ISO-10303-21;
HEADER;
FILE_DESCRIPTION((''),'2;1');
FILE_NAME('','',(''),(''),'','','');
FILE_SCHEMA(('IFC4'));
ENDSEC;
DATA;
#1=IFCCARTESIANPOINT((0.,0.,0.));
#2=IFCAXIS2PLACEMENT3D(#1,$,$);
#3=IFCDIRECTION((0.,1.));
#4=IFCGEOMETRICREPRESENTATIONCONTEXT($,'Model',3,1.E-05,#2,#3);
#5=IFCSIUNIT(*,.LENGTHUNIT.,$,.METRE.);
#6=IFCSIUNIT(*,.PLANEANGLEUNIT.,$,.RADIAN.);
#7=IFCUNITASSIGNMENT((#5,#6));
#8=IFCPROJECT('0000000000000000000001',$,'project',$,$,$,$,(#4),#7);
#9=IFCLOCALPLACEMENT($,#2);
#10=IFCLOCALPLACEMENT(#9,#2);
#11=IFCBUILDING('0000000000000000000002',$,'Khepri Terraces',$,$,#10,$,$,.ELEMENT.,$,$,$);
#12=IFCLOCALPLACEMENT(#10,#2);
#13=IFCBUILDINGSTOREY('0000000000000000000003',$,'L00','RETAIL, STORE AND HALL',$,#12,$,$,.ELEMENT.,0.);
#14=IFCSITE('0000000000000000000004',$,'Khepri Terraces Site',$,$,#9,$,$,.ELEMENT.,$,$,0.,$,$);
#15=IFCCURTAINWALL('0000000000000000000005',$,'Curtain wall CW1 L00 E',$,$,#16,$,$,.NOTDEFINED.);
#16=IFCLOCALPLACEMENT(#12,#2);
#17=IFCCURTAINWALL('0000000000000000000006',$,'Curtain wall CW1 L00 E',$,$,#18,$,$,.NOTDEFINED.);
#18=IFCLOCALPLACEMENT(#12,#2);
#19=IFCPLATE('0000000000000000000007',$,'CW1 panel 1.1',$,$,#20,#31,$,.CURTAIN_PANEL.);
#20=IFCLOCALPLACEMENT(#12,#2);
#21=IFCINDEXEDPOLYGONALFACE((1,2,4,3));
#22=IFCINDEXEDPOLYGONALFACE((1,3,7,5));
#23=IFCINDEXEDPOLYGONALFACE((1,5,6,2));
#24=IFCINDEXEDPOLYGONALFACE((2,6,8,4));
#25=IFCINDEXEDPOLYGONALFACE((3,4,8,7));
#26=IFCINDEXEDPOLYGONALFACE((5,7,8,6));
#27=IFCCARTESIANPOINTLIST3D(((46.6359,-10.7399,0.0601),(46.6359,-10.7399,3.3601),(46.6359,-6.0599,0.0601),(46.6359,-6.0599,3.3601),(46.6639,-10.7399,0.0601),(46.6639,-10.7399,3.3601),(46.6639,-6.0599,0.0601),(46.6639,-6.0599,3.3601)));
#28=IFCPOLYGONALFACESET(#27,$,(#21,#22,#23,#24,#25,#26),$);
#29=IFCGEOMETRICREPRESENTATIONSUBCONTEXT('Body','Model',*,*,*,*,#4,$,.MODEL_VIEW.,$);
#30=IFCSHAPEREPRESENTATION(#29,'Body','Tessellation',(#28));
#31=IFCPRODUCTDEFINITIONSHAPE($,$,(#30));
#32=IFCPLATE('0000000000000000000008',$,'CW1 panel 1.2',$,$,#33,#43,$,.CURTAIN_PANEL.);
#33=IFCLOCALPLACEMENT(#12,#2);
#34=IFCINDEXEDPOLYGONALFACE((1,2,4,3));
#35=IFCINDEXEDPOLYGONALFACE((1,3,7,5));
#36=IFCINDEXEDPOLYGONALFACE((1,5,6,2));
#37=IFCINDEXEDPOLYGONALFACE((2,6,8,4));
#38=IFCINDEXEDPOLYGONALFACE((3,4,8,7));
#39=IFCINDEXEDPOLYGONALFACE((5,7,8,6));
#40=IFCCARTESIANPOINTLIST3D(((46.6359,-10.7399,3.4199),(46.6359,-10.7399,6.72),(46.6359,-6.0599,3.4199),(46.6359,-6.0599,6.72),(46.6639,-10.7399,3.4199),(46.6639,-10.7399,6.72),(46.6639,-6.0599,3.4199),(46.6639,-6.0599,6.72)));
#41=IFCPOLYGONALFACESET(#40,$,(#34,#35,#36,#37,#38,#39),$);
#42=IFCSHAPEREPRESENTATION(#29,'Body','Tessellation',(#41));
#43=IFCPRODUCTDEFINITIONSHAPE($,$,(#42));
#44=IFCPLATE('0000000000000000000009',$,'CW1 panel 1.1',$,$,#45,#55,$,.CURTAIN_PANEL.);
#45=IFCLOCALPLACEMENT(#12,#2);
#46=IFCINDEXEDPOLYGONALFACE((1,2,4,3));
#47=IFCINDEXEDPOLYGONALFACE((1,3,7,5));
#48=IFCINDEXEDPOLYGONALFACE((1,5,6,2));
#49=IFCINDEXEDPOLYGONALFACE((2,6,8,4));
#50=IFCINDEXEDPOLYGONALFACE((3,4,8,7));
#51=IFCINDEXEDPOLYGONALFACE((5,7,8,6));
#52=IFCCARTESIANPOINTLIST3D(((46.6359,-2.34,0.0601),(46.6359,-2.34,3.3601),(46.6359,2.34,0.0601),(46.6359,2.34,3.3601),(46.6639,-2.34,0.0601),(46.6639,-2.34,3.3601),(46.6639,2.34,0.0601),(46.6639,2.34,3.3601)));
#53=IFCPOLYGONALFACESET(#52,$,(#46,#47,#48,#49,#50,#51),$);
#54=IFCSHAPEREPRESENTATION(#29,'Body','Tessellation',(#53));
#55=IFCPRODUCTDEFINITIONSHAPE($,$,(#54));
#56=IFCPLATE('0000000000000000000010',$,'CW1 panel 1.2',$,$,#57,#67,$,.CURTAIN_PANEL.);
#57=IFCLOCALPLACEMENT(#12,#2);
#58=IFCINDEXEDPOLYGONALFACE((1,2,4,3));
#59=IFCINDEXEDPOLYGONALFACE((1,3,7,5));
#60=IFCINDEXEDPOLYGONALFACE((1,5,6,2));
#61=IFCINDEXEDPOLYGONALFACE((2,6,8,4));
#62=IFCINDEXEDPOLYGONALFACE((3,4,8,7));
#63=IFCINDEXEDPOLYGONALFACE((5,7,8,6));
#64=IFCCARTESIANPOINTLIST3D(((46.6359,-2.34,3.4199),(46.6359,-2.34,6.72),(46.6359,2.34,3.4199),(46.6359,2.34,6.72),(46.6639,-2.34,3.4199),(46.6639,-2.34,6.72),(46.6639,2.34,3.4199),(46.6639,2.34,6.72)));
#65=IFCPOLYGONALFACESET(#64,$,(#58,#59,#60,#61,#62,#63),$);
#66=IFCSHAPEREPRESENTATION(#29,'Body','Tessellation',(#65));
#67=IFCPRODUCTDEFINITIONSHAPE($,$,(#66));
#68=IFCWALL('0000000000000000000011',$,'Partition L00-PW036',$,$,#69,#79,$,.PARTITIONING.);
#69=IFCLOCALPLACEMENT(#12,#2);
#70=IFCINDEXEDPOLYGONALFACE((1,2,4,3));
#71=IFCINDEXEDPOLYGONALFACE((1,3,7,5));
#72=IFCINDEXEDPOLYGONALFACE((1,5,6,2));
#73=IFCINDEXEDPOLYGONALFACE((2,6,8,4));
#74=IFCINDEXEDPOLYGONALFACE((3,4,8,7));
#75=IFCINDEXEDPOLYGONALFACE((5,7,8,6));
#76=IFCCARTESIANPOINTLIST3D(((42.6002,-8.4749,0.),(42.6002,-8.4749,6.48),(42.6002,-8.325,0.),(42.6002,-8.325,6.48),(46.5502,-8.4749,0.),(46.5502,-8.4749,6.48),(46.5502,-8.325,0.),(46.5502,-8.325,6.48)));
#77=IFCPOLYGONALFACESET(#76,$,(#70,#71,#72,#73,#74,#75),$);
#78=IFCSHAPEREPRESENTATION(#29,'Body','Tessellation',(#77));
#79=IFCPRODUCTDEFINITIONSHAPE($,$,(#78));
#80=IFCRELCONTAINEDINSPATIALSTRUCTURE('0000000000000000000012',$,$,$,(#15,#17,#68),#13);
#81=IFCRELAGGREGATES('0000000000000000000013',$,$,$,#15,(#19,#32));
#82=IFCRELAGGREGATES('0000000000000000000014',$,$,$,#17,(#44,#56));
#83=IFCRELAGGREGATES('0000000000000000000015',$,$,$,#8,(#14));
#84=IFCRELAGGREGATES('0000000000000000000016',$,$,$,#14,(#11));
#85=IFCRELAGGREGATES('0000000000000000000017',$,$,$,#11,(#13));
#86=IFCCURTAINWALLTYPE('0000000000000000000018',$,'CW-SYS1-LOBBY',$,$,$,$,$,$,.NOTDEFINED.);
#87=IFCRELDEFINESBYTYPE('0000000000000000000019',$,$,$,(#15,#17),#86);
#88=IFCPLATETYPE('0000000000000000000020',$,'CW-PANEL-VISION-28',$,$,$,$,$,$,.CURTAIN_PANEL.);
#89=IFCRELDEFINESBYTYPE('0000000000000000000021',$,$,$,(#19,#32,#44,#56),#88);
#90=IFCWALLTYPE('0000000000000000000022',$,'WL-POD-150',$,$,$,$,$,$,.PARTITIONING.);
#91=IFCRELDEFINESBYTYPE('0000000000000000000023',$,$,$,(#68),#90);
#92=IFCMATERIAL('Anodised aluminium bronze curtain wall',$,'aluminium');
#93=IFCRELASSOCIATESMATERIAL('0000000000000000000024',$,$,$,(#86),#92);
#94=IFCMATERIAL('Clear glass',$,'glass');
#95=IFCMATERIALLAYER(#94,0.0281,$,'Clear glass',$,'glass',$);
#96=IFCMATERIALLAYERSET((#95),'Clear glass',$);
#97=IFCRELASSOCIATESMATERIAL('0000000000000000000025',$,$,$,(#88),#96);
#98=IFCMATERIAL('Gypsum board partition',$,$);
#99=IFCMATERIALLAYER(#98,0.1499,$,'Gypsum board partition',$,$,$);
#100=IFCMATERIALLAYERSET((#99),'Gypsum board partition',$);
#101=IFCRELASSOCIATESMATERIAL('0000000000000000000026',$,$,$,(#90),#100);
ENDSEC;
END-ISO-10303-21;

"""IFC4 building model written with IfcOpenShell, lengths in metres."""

from ifc_helpers import new_model, si_unit, direction, frame, frame_2d, origin, origin_2d, place, context, subcontext, project, spatial, rectangle, extrude, material, layer, layer_set, type_object, element, aggregate, save


model = new_model("IFC4")

# Units and contexts
model_context = context("Model", 3, precision=1e-05, world=origin(), true_north=direction((0.0, 1.0)))
body_context = subcontext(model_context, "Body", "Model", "MODEL_VIEW")
ifc_project = project(units=[si_unit("LENGTHUNIT", "METRE"), si_unit("PLANEANGLEUNIT", "RADIAN")], contexts=[model_context])

# Site, building, storey
site_placement = place(None, origin())
site = spatial("IfcSite", under=ifc_project, at=site_placement, Name="Khepri Terraces Site", CompositionType="ELEMENT", RefElevation=0.0)
building_placement = place(site_placement, origin())
building = spatial("IfcBuilding", under=site, at=building_placement, Name="Khepri Terraces", CompositionType="ELEMENT")
storey_placement = place(building_placement, origin())
storey = spatial("IfcBuildingStorey", under=building, at=storey_placement, Name="L00", Description="RETAIL, STORE AND HALL", CompositionType="ELEMENT", Elevation=0.0)

# Curtain wall
ifc_material_1 = material(Name="Anodised aluminium bronze curtain wall", Category="aluminium")
curtain_wall_type = type_object("IfcCurtainWallType", Name="CW-SYS1-LOBBY", PredefinedType="NOTDEFINED", material=ifc_material_1)
curtain_wall_1_placement = place(storey_placement, origin())
curtain_wall_1 = element("IfcCurtainWall", 1, at=curtain_wall_1_placement, inside=storey, type_object=curtain_wall_type, Name="Curtain wall CW1 L00 E", PredefinedType="NOTDEFINED")

# Curtain wall
curtain_wall_2_placement = place(storey_placement, origin())
curtain_wall_2 = element("IfcCurtainWall", 2, at=curtain_wall_2_placement, inside=storey, type_object=curtain_wall_type, Name="Curtain wall CW1 L00 E", PredefinedType="NOTDEFINED")

# Plates
ifc_material_2 = material(Name="Clear glass", Category="glass")
ifc_layer_1 = layer(ifc_material_2, 0.0281, Name="Clear glass", Category="glass")
ifc_layer_set_1 = layer_set([ifc_layer_1], Name="Clear glass")
plate_type = type_object("IfcPlateType", Name="CW-PANEL-VISION-28", PredefinedType="CURTAIN_PANEL", material=ifc_layer_set_1)
plate_1_placement = place(storey_placement, frame((46.6499, -8.3999, 0.0601), z_axis=(0.0, 0.0, 1.0), x_axis=(0.0, 1.0, 0.0)))
plate_1 = element("IfcPlate", 3, at=plate_1_placement, type_object=plate_type, Name="CW1 panel 1.1", PredefinedType="CURTAIN_PANEL", context=body_context, shape_type="SweptSolid", body=[
    extrude(rectangle(XDim=4.6799, YDim=0.0281, at=origin_2d()), origin(), (0.0, 0.0, 1.0), 3.3),
])
plate_2_placement = place(storey_placement, frame((46.6499, -8.3999, 3.4199), z_axis=(0.0, 0.0, 1.0), x_axis=(0.0, 1.0, 0.0)))
plate_2 = element("IfcPlate", 4, at=plate_2_placement, type_object=plate_type, Name="CW1 panel 1.2", PredefinedType="CURTAIN_PANEL", context=body_context, shape_type="SweptSolid", body=[
    extrude(rectangle(XDim=4.6799, YDim=0.0281, at=origin_2d()), origin(), (0.0, 0.0, 1.0), 3.3),
])
aggregate(curtain_wall_1, [plate_1, plate_2])
plate_3_placement = place(storey_placement, frame((46.6499, 0.0, 0.0601), z_axis=(0.0, 0.0, 1.0), x_axis=(0.0, 1.0, 0.0)))
plate_3 = element("IfcPlate", 5, at=plate_3_placement, type_object=plate_type, Name="CW1 panel 1.1", PredefinedType="CURTAIN_PANEL", context=body_context, shape_type="SweptSolid", body=[
    extrude(rectangle(XDim=4.6799, YDim=0.0281, at=origin_2d()), origin(), (0.0, 0.0, 1.0), 3.3),
])
plate_4_placement = place(storey_placement, frame((46.6499, 0.0, 3.4199), z_axis=(0.0, 0.0, 1.0), x_axis=(0.0, 1.0, 0.0)))
plate_4 = element("IfcPlate", 6, at=plate_4_placement, type_object=plate_type, Name="CW1 panel 1.2", PredefinedType="CURTAIN_PANEL", context=body_context, shape_type="SweptSolid", body=[
    extrude(rectangle(XDim=4.6799, YDim=0.0281, at=origin_2d()), origin(), (0.0, 0.0, 1.0), 3.3),
])
aggregate(curtain_wall_2, [plate_3, plate_4])

# Wall
ifc_material_3 = material(Name="Gypsum board partition")
ifc_layer_2 = layer(ifc_material_3, 0.1499, Name="Gypsum board partition")
ifc_layer_set_2 = layer_set([ifc_layer_2], Name="Gypsum board partition")
wall_type_1 = type_object("IfcWallType", Name="WL-POD-150", PredefinedType="PARTITIONING", material=ifc_layer_set_2)
wall_1_placement = place(storey_placement, frame((42.6001, -8.3999, 0.0), z_axis=(0.0, 0.0, 1.0), x_axis=(1.0, 0.0, 0.0)))
element("IfcWall", 7, at=wall_1_placement, inside=storey, type_object=wall_type_1, Name="Partition L00-PW036", PredefinedType="PARTITIONING", context=body_context, shape_type="SweptSolid", body=[
    extrude(rectangle(XDim=3.95, YDim=0.1499, at=frame_2d((1.9751, 0.0))), origin(), (0.0, 0.0, 1.0), 6.48),
])

save(model, "model.ifc")
